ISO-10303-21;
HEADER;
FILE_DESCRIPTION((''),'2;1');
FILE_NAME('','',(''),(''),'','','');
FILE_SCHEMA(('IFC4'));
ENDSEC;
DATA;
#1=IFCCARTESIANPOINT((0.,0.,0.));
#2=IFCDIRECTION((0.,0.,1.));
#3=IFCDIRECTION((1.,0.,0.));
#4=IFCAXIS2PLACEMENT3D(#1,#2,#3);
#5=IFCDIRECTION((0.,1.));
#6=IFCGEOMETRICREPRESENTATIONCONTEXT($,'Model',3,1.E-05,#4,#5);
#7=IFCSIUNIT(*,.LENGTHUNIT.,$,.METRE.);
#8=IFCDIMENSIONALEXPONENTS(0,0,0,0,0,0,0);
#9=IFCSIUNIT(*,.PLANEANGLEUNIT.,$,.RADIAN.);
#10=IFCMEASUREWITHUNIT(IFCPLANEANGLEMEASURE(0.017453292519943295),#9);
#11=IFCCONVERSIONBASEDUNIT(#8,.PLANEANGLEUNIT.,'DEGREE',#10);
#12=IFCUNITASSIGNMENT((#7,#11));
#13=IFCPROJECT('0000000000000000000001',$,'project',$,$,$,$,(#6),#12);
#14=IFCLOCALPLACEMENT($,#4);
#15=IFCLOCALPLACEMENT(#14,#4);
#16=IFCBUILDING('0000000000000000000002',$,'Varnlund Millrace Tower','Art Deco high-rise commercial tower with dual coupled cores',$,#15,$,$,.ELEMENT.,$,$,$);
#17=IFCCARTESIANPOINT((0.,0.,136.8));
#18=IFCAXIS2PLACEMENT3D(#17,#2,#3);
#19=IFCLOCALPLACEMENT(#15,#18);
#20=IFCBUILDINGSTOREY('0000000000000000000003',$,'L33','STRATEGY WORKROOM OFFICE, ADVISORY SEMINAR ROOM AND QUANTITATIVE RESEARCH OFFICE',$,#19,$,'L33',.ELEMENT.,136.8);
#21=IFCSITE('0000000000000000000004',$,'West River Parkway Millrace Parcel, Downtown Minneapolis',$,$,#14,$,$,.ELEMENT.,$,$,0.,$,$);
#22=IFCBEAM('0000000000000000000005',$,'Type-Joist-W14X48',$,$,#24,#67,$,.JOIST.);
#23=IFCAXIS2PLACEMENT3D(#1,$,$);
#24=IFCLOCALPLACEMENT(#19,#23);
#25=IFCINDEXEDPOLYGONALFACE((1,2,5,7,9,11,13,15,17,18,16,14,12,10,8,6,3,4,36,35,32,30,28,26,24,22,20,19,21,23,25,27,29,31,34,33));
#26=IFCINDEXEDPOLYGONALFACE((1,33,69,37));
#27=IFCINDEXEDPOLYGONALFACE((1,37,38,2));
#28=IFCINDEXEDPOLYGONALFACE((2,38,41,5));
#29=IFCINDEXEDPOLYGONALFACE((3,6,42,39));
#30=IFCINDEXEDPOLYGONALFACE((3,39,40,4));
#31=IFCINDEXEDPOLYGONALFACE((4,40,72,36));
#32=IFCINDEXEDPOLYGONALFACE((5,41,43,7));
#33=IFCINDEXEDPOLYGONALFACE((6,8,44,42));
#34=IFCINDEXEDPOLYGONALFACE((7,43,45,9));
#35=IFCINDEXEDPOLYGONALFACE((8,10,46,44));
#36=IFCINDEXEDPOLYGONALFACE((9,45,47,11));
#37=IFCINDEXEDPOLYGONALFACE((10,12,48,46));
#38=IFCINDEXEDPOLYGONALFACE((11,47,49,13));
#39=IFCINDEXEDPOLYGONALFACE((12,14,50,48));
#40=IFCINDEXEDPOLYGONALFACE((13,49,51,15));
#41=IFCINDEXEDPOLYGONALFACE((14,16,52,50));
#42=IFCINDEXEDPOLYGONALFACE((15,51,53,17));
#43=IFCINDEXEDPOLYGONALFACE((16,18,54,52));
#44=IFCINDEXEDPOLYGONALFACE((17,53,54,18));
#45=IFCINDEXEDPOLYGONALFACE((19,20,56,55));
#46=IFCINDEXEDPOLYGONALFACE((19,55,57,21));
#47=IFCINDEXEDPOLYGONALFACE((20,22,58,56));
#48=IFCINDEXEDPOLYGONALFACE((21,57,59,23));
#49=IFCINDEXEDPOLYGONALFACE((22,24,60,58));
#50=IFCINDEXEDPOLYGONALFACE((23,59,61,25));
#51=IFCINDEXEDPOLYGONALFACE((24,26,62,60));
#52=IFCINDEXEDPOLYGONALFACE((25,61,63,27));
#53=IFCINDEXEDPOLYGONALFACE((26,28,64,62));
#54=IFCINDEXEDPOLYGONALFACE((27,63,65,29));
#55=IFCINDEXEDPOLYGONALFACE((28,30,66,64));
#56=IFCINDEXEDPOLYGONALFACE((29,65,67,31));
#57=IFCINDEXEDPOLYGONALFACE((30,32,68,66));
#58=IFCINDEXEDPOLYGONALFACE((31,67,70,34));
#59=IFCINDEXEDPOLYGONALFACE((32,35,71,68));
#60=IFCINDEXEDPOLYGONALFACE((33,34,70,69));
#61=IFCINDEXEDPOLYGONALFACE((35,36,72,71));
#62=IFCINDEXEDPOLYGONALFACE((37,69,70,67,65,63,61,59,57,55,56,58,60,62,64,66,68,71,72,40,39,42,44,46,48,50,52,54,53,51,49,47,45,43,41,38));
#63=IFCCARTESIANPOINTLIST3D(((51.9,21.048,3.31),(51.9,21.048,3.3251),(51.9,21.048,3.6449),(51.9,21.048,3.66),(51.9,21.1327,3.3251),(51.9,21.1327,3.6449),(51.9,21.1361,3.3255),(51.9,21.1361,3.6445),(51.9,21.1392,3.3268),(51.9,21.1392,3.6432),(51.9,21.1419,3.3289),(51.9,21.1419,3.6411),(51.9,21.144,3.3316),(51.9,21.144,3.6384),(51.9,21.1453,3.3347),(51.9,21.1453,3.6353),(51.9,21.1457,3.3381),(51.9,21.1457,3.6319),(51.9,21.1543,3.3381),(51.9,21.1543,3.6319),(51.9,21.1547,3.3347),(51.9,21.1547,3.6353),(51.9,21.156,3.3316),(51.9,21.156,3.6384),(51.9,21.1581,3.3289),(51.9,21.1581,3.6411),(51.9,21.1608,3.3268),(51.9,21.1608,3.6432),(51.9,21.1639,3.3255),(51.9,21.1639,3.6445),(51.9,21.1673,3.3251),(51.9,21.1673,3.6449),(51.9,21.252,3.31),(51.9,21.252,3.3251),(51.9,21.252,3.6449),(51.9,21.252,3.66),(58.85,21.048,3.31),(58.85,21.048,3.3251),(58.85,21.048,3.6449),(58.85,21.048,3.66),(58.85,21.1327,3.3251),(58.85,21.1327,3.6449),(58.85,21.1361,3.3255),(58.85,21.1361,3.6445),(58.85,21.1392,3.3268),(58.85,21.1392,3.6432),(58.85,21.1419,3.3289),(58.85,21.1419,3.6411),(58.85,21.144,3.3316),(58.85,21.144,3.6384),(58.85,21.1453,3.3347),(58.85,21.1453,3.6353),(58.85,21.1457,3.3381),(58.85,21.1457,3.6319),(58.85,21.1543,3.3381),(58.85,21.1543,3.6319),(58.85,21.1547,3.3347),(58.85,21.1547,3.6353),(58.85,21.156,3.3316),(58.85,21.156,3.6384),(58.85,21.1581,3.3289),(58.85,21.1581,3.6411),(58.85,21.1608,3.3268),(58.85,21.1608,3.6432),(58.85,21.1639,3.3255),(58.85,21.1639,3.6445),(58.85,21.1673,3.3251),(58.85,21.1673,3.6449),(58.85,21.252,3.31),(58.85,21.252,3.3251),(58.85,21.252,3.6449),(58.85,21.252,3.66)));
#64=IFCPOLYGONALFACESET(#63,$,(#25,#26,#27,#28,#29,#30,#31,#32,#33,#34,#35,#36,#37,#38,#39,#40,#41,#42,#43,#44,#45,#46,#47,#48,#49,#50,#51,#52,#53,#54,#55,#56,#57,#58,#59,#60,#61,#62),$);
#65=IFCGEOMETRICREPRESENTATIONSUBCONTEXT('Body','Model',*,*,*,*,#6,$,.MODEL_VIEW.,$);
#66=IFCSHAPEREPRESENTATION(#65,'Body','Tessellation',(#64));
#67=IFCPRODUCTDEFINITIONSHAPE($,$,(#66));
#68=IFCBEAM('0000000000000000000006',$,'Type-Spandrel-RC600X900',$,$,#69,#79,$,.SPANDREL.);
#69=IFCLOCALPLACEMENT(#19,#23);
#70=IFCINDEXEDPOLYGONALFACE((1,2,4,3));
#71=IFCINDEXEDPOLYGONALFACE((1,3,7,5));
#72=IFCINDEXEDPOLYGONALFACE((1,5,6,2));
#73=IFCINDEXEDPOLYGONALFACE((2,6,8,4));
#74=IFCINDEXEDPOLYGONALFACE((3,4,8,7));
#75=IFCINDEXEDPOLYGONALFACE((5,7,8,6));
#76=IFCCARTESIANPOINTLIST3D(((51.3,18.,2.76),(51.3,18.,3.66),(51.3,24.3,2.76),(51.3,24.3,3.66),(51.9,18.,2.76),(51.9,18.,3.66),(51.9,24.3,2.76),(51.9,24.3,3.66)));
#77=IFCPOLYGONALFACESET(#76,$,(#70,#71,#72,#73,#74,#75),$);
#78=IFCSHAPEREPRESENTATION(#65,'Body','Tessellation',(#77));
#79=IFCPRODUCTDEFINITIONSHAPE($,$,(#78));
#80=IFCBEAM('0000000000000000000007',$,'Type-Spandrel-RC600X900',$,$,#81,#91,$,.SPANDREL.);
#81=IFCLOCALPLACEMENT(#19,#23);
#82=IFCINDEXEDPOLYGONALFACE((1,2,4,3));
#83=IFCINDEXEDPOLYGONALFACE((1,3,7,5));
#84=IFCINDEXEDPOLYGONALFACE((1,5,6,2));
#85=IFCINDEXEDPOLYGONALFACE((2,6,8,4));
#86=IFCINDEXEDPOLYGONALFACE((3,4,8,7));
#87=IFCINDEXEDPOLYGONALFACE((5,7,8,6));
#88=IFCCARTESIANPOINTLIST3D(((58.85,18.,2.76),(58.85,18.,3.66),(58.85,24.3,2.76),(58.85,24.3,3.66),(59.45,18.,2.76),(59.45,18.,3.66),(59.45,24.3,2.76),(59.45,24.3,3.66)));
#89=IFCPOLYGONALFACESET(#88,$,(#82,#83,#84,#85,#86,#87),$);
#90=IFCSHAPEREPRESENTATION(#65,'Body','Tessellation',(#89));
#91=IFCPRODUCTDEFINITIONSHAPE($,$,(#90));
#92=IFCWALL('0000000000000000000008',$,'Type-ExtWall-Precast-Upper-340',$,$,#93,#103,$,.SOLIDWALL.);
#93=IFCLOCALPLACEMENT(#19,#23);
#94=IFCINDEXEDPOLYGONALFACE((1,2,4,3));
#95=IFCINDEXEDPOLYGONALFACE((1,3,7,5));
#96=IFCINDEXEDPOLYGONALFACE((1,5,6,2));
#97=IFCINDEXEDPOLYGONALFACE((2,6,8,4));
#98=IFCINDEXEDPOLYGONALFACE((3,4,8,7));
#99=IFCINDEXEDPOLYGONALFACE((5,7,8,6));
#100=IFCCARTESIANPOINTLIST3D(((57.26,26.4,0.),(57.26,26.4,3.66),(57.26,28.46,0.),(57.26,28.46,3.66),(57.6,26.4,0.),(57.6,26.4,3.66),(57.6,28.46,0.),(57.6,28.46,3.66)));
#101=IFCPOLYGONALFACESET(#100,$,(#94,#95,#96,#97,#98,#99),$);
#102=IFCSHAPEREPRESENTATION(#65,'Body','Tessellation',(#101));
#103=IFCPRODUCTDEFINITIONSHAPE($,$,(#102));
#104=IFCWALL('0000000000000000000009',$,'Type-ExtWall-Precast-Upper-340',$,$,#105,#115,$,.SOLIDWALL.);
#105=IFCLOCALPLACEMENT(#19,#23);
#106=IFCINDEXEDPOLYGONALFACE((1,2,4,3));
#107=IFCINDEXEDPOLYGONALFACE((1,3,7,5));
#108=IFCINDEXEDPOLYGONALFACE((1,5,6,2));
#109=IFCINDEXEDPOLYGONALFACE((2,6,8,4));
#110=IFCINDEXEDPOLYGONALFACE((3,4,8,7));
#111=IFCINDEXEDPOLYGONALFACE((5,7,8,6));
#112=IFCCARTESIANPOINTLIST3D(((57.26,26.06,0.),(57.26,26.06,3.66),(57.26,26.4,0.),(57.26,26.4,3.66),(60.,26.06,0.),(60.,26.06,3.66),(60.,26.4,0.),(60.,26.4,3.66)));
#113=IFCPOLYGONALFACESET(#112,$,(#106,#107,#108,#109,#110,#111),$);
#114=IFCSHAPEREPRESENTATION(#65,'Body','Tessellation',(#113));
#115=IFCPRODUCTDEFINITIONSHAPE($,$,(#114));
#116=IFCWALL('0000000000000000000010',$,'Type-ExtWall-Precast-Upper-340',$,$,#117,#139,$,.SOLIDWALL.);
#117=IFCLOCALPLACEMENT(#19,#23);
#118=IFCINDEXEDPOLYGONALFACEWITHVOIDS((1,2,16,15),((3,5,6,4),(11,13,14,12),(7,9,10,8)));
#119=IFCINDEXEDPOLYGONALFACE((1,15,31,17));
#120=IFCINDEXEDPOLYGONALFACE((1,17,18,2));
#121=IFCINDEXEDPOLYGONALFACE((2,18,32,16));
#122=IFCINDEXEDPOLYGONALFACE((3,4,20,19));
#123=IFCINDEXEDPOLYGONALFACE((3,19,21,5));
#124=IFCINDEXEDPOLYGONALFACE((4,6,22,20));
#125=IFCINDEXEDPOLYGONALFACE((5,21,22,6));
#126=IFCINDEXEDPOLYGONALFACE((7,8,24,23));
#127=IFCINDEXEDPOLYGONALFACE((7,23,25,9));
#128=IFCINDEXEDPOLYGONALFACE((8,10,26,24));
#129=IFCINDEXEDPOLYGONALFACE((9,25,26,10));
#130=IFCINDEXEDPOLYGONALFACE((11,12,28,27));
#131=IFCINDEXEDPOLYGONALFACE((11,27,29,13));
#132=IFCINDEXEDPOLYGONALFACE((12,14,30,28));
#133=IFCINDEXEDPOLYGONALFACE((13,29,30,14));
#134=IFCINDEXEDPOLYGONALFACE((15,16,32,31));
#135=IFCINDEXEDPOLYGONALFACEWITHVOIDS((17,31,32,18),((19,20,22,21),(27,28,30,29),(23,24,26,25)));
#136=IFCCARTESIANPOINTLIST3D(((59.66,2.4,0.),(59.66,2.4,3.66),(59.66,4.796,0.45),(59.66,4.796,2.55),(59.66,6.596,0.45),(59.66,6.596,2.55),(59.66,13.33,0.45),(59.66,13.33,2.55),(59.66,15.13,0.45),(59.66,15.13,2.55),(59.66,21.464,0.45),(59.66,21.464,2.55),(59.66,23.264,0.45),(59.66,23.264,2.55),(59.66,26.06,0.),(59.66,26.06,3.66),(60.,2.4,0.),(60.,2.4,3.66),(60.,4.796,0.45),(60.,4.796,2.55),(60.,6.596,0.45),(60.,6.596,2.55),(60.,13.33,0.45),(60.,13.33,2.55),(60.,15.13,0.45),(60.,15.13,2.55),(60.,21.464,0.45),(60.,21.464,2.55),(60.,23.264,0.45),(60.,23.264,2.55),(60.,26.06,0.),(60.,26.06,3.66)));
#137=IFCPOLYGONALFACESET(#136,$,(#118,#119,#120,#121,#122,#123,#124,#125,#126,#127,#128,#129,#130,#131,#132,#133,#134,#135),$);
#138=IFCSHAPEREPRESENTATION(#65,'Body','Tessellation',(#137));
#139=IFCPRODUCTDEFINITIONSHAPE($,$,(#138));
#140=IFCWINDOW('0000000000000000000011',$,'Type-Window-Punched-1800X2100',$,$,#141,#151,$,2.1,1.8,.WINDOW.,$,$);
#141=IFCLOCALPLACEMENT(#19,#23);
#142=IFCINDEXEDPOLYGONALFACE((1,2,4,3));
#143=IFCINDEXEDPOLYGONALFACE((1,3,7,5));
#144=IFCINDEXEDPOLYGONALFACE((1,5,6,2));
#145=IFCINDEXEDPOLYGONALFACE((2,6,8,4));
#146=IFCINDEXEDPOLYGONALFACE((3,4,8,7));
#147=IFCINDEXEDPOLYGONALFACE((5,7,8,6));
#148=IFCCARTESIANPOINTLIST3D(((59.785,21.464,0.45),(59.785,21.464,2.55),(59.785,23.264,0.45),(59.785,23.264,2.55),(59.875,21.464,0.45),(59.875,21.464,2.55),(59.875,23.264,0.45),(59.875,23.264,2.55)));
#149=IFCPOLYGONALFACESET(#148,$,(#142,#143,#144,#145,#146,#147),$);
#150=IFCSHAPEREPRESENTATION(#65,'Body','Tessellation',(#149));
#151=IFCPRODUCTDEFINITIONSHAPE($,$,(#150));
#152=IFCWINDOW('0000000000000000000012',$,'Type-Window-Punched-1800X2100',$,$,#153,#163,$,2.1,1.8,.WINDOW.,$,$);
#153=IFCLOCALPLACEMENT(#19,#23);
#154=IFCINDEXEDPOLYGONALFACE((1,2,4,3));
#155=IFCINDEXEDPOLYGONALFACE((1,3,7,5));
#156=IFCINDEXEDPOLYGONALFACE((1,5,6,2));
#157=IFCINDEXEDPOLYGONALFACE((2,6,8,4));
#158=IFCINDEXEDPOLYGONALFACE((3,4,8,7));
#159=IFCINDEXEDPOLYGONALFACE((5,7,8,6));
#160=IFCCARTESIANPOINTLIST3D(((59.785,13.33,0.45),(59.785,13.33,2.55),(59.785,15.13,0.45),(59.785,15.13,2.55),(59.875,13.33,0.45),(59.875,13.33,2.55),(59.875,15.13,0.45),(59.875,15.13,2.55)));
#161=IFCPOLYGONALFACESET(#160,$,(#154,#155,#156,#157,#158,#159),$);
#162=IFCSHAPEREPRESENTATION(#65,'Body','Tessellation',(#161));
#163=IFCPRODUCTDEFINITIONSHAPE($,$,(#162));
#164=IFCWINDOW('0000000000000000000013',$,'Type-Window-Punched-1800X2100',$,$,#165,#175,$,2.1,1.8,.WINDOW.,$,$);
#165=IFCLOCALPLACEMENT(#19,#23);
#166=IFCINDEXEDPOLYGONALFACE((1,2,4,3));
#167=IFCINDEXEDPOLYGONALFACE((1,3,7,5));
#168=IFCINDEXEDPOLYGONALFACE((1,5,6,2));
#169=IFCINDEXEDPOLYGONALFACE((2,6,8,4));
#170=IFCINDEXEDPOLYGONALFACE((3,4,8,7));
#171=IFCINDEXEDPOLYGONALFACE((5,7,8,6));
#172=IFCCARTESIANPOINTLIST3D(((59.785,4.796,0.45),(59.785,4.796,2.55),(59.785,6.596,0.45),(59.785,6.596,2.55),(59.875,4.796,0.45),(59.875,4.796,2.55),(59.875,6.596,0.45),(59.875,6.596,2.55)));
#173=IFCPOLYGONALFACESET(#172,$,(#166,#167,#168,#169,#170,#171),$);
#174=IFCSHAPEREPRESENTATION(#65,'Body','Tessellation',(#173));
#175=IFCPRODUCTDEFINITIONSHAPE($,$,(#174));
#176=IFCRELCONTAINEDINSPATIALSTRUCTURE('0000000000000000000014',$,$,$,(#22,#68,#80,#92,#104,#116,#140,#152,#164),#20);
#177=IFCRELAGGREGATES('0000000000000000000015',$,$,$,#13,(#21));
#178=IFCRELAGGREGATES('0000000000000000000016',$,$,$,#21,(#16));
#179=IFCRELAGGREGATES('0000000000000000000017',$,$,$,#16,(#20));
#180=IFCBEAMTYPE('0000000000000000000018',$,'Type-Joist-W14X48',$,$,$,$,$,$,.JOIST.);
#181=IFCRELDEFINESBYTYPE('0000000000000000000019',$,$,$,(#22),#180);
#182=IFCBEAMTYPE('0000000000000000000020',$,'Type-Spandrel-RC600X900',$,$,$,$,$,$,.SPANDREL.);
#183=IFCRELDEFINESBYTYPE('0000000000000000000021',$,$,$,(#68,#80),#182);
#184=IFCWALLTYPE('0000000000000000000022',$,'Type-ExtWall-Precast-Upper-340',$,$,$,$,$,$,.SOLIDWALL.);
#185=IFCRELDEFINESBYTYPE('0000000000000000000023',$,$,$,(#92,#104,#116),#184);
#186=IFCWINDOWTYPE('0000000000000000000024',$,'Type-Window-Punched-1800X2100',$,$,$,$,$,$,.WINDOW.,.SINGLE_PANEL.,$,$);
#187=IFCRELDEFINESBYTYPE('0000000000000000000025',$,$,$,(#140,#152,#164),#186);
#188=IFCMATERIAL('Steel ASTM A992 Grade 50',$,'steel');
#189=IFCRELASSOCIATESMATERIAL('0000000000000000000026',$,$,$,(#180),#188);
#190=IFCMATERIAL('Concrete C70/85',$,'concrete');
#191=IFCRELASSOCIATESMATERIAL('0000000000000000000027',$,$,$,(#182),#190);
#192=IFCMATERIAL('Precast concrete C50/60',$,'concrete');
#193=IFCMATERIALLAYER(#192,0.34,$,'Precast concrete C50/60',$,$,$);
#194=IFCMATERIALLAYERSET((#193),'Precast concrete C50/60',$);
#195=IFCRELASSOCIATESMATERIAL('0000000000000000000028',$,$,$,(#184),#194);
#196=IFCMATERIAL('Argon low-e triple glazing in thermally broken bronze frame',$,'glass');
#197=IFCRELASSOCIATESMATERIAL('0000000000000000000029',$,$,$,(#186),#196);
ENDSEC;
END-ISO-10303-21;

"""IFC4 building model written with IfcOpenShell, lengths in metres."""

from ifc_helpers import new_model, entity, si_unit, converted_unit, direction, frame, origin_with_axes, origin_2d_with_axis, place, context, subcontext, project, spatial, polyline, rectangle, i_section, outline, extrude, material, layer, layer_set, material_profile, profile_set, type_object, element, fill, save


model = new_model("IFC4")

# Units and contexts
model_context = context("Model", 3, precision=1e-05, world=origin_with_axes(), true_north=direction((0.0, 1.0)))
body_context = subcontext(model_context, "Body", "Model", "MODEL_VIEW")
ifc_project = project(units=[si_unit("LENGTHUNIT", "METRE"), converted_unit("PLANEANGLEUNIT", "DEGREE", entity("IfcPlaneAngleMeasure", 0.017453292519943295), si_unit("PLANEANGLEUNIT", "RADIAN"), dimensions=[0, 0, 0, 0, 0, 0, 0])], contexts=[model_context])

# Site, building, storey
site_placement = place(None, origin_with_axes())
site = spatial("IfcSite", under=ifc_project, at=site_placement, Name="West River Parkway Millrace Parcel, Downtown Minneapolis", CompositionType="ELEMENT", RefElevation=0.0)
building_placement = place(site_placement, origin_with_axes())
building = spatial("IfcBuilding", under=site, at=building_placement, Name="Varnlund Millrace Tower", Description="Art Deco high-rise commercial tower with dual coupled cores", CompositionType="ELEMENT")
storey_placement = place(building_placement, frame((0.0, 0.0, 136.8), z_axis=(0.0, 0.0, 1.0), x_axis=(1.0, 0.0, 0.0)))
storey = spatial("IfcBuildingStorey", under=building, at=storey_placement, Name="L33", Description="STRATEGY WORKROOM OFFICE, ADVISORY SEMINAR ROOM AND QUANTITATIVE RESEARCH OFFICE", LongName="L33", CompositionType="ELEMENT", Elevation=136.8)

# Beams
ifc_material_1 = material(Name="Steel ASTM A992 Grade 50", Category="steel")
ifc_material_profile_1 = material_profile(ifc_material_1, i_section(OverallWidth=0.204, OverallDepth=0.35, WebThickness=0.0086, FlangeThickness=0.0151, FilletRadius=0.013, at=origin_2d_with_axis()), Name="Steel ASTM A992 Grade 50")
ifc_profile_set_1 = profile_set([ifc_material_profile_1], Name="Steel ASTM A992 Grade 50")
beam_type_1 = type_object("IfcBeamType", Name="Type-Joist-W14X48", PredefinedType="JOIST", material=ifc_profile_set_1)
for number, where, z_axis, x_axis, name in (
    (1, (51.9, 21.15, 3.485), (1.0, 0.0, 0.0), (0.0, 1.0, 0.0), "Type-Joist-W14X48"),
):
    element("IfcBeam", number, at=place(storey_placement, frame(where, z_axis=z_axis, x_axis=x_axis)), inside=storey, type_object=beam_type_1, Name=name, PredefinedType="JOIST", context=body_context, shape_type="SweptSolid", body=[
        extrude(i_section(OverallWidth=0.204, OverallDepth=0.35, WebThickness=0.0086, FlangeThickness=0.0151, FilletRadius=0.013, at=origin_2d_with_axis()), origin_with_axes(), (0.0, 0.0, 1.0), 6.95),
    ])
ifc_material_2 = material(Name="Concrete C70/85", Category="concrete")
ifc_material_profile_2 = material_profile(ifc_material_2, rectangle(XDim=0.6, YDim=0.9, at=origin_2d_with_axis()), Name="Concrete C70/85")
ifc_profile_set_2 = profile_set([ifc_material_profile_2], Name="Concrete C70/85")
beam_type_2 = type_object("IfcBeamType", Name="Type-Spandrel-RC600X900", PredefinedType="SPANDREL", material=ifc_profile_set_2)
for number, where, z_axis, x_axis, name in (
    (2, (51.6, 18.0, 3.21), (0.0, 1.0, 0.0), (-1.0, 0.0, 0.0), "Type-Spandrel-RC600X900"),
    (3, (59.15, 18.0, 3.21), (0.0, 1.0, 0.0), (-1.0, 0.0, 0.0), "Type-Spandrel-RC600X900"),
):
    element("IfcBeam", number, at=place(storey_placement, frame(where, z_axis=z_axis, x_axis=x_axis)), inside=storey, type_object=beam_type_2, Name=name, PredefinedType="SPANDREL", context=body_context, shape_type="SweptSolid", body=[
        extrude(rectangle(XDim=0.6, YDim=0.9, at=origin_2d_with_axis()), origin_with_axes(), (0.0, 0.0, 1.0), 6.3),
    ])

# Walls
ifc_material_3 = material(Name="Precast concrete C50/60", Category="concrete")
ifc_layer_1 = layer(ifc_material_3, 0.34, Name="Precast concrete C50/60")
ifc_layer_set_1 = layer_set([ifc_layer_1], Name="Precast concrete C50/60")
wall_type_1 = type_object("IfcWallType", Name="Type-ExtWall-Precast-Upper-340", PredefinedType="SOLIDWALL", material=ifc_layer_set_1)
wall_1_placement = place(storey_placement, frame((57.43, 28.46, 0.0), z_axis=(0.0, 0.0, 1.0), x_axis=(0.0, -1.0, 0.0)))
element("IfcWall", 4, at=wall_1_placement, inside=storey, type_object=wall_type_1, Name="Type-ExtWall-Precast-Upper-340", PredefinedType="SOLIDWALL", context=body_context, shape_type="SweptSolid", body=[
    extrude(outline(polyline([(0.0, -0.17), (2.06, -0.17), (2.06, 0.17), (0.0, 0.17), (0.0, -0.17)])), origin_with_axes(), (0.0, 0.0, 1.0), 3.66),
])
wall_2_placement = place(storey_placement, frame((57.26, 26.23, 0.0), z_axis=(0.0, 0.0, 1.0), x_axis=(1.0, 0.0, 0.0)))
element("IfcWall", 5, at=wall_2_placement, inside=storey, type_object=wall_type_1, Name="Type-ExtWall-Precast-Upper-340", PredefinedType="SOLIDWALL", context=body_context, shape_type="SweptSolid", body=[
    extrude(outline(polyline([(0.0, -0.17), (2.74, -0.17), (2.74, 0.17), (0.0, 0.17), (0.0, -0.17)])), origin_with_axes(), (0.0, 0.0, 1.0), 3.66),
])

# Wall, openings, windows
wall_3_placement = place(storey_placement, frame((59.83, 26.06, 0.0), z_axis=(0.0, 0.0, 1.0), x_axis=(0.0, -1.0, 0.0)))
wall_3 = element("IfcWall", 6, at=wall_3_placement, inside=storey, type_object=wall_type_1, Name="Type-ExtWall-Precast-Upper-340", PredefinedType="SOLIDWALL", context=body_context, shape_type="SweptSolid", body=[
    extrude(outline(polyline([(0.0, -0.17), (23.66, -0.17), (23.66, 0.17), (0.0, 0.17), (0.0, -0.17)])), origin_with_axes(), (0.0, 0.0, 1.0), 3.66),
])
opening_1_placement = place(wall_3_placement, frame((3.696, 0.0, 0.45), z_axis=(0.0, 0.0, 1.0), x_axis=(1.0, 0.0, 0.0)))
opening_1 = element("IfcOpeningElement", 7, at=opening_1_placement, cuts=wall_3, PredefinedType="OPENING", context=body_context, shape_type="SweptSolid", body=[
    extrude(rectangle(XDim=1.8, YDim=0.36, at=origin_2d_with_axis()), origin_with_axes(), (0.0, 0.0, 1.0), 2.1),
])
opening_2_placement = place(wall_3_placement, frame((11.83, 0.0, 0.45), z_axis=(0.0, 0.0, 1.0), x_axis=(1.0, 0.0, 0.0)))
opening_2 = element("IfcOpeningElement", 8, at=opening_2_placement, cuts=wall_3, PredefinedType="OPENING", context=body_context, shape_type="SweptSolid", body=[
    extrude(rectangle(XDim=1.8, YDim=0.36, at=origin_2d_with_axis()), origin_with_axes(), (0.0, 0.0, 1.0), 2.1),
])
opening_3_placement = place(wall_3_placement, frame((20.364, 0.0, 0.45), z_axis=(0.0, 0.0, 1.0), x_axis=(1.0, 0.0, 0.0)))
opening_3 = element("IfcOpeningElement", 9, at=opening_3_placement, cuts=wall_3, PredefinedType="OPENING", context=body_context, shape_type="SweptSolid", body=[
    extrude(rectangle(XDim=1.8, YDim=0.36, at=origin_2d_with_axis()), origin_with_axes(), (0.0, 0.0, 1.0), 2.1),
])
ifc_material_4 = material(Name="Argon low-e triple glazing in thermally broken bronze frame", Category="glass")
window_type = type_object("IfcWindowType", Name="Type-Window-Punched-1800X2100", PartitioningType="SINGLE_PANEL", PredefinedType="WINDOW", material=ifc_material_4)
window_1_placement = place(wall_3_placement, frame((3.696, 0.0, 0.45), z_axis=(0.0, 0.0, 1.0), x_axis=(1.0, 0.0, 0.0)))
window_1 = element("IfcWindow", 10, at=window_1_placement, inside=storey, type_object=window_type, Name="Type-Window-Punched-1800X2100", OverallHeight=2.1, OverallWidth=1.8, PredefinedType="WINDOW", context=body_context, shape_type="SweptSolid", body=[
    extrude(rectangle(XDim=1.8, YDim=0.09, at=origin_2d_with_axis()), origin_with_axes(), (0.0, 0.0, 1.0), 2.1),
])
fill(opening_1, window_1)
window_2_placement = place(wall_3_placement, frame((11.83, 0.0, 0.45), z_axis=(0.0, 0.0, 1.0), x_axis=(1.0, 0.0, 0.0)))
window_2 = element("IfcWindow", 11, at=window_2_placement, inside=storey, type_object=window_type, Name="Type-Window-Punched-1800X2100", OverallHeight=2.1, OverallWidth=1.8, PredefinedType="WINDOW", context=body_context, shape_type="SweptSolid", body=[
    extrude(rectangle(XDim=1.8, YDim=0.09, at=origin_2d_with_axis()), origin_with_axes(), (0.0, 0.0, 1.0), 2.1),
])
fill(opening_2, window_2)
window_3_placement = place(wall_3_placement, frame((20.364, 0.0, 0.45), z_axis=(0.0, 0.0, 1.0), x_axis=(1.0, 0.0, 0.0)))
window_3 = element("IfcWindow", 12, at=window_3_placement, inside=storey, type_object=window_type, Name="Type-Window-Punched-1800X2100", OverallHeight=2.1, OverallWidth=1.8, PredefinedType="WINDOW", context=body_context, shape_type="SweptSolid", body=[
    extrude(rectangle(XDim=1.8, YDim=0.09, at=origin_2d_with_axis()), origin_with_axes(), (0.0, 0.0, 1.0), 2.1),
])
fill(opening_3, window_3)

save(model, "model.ifc")
